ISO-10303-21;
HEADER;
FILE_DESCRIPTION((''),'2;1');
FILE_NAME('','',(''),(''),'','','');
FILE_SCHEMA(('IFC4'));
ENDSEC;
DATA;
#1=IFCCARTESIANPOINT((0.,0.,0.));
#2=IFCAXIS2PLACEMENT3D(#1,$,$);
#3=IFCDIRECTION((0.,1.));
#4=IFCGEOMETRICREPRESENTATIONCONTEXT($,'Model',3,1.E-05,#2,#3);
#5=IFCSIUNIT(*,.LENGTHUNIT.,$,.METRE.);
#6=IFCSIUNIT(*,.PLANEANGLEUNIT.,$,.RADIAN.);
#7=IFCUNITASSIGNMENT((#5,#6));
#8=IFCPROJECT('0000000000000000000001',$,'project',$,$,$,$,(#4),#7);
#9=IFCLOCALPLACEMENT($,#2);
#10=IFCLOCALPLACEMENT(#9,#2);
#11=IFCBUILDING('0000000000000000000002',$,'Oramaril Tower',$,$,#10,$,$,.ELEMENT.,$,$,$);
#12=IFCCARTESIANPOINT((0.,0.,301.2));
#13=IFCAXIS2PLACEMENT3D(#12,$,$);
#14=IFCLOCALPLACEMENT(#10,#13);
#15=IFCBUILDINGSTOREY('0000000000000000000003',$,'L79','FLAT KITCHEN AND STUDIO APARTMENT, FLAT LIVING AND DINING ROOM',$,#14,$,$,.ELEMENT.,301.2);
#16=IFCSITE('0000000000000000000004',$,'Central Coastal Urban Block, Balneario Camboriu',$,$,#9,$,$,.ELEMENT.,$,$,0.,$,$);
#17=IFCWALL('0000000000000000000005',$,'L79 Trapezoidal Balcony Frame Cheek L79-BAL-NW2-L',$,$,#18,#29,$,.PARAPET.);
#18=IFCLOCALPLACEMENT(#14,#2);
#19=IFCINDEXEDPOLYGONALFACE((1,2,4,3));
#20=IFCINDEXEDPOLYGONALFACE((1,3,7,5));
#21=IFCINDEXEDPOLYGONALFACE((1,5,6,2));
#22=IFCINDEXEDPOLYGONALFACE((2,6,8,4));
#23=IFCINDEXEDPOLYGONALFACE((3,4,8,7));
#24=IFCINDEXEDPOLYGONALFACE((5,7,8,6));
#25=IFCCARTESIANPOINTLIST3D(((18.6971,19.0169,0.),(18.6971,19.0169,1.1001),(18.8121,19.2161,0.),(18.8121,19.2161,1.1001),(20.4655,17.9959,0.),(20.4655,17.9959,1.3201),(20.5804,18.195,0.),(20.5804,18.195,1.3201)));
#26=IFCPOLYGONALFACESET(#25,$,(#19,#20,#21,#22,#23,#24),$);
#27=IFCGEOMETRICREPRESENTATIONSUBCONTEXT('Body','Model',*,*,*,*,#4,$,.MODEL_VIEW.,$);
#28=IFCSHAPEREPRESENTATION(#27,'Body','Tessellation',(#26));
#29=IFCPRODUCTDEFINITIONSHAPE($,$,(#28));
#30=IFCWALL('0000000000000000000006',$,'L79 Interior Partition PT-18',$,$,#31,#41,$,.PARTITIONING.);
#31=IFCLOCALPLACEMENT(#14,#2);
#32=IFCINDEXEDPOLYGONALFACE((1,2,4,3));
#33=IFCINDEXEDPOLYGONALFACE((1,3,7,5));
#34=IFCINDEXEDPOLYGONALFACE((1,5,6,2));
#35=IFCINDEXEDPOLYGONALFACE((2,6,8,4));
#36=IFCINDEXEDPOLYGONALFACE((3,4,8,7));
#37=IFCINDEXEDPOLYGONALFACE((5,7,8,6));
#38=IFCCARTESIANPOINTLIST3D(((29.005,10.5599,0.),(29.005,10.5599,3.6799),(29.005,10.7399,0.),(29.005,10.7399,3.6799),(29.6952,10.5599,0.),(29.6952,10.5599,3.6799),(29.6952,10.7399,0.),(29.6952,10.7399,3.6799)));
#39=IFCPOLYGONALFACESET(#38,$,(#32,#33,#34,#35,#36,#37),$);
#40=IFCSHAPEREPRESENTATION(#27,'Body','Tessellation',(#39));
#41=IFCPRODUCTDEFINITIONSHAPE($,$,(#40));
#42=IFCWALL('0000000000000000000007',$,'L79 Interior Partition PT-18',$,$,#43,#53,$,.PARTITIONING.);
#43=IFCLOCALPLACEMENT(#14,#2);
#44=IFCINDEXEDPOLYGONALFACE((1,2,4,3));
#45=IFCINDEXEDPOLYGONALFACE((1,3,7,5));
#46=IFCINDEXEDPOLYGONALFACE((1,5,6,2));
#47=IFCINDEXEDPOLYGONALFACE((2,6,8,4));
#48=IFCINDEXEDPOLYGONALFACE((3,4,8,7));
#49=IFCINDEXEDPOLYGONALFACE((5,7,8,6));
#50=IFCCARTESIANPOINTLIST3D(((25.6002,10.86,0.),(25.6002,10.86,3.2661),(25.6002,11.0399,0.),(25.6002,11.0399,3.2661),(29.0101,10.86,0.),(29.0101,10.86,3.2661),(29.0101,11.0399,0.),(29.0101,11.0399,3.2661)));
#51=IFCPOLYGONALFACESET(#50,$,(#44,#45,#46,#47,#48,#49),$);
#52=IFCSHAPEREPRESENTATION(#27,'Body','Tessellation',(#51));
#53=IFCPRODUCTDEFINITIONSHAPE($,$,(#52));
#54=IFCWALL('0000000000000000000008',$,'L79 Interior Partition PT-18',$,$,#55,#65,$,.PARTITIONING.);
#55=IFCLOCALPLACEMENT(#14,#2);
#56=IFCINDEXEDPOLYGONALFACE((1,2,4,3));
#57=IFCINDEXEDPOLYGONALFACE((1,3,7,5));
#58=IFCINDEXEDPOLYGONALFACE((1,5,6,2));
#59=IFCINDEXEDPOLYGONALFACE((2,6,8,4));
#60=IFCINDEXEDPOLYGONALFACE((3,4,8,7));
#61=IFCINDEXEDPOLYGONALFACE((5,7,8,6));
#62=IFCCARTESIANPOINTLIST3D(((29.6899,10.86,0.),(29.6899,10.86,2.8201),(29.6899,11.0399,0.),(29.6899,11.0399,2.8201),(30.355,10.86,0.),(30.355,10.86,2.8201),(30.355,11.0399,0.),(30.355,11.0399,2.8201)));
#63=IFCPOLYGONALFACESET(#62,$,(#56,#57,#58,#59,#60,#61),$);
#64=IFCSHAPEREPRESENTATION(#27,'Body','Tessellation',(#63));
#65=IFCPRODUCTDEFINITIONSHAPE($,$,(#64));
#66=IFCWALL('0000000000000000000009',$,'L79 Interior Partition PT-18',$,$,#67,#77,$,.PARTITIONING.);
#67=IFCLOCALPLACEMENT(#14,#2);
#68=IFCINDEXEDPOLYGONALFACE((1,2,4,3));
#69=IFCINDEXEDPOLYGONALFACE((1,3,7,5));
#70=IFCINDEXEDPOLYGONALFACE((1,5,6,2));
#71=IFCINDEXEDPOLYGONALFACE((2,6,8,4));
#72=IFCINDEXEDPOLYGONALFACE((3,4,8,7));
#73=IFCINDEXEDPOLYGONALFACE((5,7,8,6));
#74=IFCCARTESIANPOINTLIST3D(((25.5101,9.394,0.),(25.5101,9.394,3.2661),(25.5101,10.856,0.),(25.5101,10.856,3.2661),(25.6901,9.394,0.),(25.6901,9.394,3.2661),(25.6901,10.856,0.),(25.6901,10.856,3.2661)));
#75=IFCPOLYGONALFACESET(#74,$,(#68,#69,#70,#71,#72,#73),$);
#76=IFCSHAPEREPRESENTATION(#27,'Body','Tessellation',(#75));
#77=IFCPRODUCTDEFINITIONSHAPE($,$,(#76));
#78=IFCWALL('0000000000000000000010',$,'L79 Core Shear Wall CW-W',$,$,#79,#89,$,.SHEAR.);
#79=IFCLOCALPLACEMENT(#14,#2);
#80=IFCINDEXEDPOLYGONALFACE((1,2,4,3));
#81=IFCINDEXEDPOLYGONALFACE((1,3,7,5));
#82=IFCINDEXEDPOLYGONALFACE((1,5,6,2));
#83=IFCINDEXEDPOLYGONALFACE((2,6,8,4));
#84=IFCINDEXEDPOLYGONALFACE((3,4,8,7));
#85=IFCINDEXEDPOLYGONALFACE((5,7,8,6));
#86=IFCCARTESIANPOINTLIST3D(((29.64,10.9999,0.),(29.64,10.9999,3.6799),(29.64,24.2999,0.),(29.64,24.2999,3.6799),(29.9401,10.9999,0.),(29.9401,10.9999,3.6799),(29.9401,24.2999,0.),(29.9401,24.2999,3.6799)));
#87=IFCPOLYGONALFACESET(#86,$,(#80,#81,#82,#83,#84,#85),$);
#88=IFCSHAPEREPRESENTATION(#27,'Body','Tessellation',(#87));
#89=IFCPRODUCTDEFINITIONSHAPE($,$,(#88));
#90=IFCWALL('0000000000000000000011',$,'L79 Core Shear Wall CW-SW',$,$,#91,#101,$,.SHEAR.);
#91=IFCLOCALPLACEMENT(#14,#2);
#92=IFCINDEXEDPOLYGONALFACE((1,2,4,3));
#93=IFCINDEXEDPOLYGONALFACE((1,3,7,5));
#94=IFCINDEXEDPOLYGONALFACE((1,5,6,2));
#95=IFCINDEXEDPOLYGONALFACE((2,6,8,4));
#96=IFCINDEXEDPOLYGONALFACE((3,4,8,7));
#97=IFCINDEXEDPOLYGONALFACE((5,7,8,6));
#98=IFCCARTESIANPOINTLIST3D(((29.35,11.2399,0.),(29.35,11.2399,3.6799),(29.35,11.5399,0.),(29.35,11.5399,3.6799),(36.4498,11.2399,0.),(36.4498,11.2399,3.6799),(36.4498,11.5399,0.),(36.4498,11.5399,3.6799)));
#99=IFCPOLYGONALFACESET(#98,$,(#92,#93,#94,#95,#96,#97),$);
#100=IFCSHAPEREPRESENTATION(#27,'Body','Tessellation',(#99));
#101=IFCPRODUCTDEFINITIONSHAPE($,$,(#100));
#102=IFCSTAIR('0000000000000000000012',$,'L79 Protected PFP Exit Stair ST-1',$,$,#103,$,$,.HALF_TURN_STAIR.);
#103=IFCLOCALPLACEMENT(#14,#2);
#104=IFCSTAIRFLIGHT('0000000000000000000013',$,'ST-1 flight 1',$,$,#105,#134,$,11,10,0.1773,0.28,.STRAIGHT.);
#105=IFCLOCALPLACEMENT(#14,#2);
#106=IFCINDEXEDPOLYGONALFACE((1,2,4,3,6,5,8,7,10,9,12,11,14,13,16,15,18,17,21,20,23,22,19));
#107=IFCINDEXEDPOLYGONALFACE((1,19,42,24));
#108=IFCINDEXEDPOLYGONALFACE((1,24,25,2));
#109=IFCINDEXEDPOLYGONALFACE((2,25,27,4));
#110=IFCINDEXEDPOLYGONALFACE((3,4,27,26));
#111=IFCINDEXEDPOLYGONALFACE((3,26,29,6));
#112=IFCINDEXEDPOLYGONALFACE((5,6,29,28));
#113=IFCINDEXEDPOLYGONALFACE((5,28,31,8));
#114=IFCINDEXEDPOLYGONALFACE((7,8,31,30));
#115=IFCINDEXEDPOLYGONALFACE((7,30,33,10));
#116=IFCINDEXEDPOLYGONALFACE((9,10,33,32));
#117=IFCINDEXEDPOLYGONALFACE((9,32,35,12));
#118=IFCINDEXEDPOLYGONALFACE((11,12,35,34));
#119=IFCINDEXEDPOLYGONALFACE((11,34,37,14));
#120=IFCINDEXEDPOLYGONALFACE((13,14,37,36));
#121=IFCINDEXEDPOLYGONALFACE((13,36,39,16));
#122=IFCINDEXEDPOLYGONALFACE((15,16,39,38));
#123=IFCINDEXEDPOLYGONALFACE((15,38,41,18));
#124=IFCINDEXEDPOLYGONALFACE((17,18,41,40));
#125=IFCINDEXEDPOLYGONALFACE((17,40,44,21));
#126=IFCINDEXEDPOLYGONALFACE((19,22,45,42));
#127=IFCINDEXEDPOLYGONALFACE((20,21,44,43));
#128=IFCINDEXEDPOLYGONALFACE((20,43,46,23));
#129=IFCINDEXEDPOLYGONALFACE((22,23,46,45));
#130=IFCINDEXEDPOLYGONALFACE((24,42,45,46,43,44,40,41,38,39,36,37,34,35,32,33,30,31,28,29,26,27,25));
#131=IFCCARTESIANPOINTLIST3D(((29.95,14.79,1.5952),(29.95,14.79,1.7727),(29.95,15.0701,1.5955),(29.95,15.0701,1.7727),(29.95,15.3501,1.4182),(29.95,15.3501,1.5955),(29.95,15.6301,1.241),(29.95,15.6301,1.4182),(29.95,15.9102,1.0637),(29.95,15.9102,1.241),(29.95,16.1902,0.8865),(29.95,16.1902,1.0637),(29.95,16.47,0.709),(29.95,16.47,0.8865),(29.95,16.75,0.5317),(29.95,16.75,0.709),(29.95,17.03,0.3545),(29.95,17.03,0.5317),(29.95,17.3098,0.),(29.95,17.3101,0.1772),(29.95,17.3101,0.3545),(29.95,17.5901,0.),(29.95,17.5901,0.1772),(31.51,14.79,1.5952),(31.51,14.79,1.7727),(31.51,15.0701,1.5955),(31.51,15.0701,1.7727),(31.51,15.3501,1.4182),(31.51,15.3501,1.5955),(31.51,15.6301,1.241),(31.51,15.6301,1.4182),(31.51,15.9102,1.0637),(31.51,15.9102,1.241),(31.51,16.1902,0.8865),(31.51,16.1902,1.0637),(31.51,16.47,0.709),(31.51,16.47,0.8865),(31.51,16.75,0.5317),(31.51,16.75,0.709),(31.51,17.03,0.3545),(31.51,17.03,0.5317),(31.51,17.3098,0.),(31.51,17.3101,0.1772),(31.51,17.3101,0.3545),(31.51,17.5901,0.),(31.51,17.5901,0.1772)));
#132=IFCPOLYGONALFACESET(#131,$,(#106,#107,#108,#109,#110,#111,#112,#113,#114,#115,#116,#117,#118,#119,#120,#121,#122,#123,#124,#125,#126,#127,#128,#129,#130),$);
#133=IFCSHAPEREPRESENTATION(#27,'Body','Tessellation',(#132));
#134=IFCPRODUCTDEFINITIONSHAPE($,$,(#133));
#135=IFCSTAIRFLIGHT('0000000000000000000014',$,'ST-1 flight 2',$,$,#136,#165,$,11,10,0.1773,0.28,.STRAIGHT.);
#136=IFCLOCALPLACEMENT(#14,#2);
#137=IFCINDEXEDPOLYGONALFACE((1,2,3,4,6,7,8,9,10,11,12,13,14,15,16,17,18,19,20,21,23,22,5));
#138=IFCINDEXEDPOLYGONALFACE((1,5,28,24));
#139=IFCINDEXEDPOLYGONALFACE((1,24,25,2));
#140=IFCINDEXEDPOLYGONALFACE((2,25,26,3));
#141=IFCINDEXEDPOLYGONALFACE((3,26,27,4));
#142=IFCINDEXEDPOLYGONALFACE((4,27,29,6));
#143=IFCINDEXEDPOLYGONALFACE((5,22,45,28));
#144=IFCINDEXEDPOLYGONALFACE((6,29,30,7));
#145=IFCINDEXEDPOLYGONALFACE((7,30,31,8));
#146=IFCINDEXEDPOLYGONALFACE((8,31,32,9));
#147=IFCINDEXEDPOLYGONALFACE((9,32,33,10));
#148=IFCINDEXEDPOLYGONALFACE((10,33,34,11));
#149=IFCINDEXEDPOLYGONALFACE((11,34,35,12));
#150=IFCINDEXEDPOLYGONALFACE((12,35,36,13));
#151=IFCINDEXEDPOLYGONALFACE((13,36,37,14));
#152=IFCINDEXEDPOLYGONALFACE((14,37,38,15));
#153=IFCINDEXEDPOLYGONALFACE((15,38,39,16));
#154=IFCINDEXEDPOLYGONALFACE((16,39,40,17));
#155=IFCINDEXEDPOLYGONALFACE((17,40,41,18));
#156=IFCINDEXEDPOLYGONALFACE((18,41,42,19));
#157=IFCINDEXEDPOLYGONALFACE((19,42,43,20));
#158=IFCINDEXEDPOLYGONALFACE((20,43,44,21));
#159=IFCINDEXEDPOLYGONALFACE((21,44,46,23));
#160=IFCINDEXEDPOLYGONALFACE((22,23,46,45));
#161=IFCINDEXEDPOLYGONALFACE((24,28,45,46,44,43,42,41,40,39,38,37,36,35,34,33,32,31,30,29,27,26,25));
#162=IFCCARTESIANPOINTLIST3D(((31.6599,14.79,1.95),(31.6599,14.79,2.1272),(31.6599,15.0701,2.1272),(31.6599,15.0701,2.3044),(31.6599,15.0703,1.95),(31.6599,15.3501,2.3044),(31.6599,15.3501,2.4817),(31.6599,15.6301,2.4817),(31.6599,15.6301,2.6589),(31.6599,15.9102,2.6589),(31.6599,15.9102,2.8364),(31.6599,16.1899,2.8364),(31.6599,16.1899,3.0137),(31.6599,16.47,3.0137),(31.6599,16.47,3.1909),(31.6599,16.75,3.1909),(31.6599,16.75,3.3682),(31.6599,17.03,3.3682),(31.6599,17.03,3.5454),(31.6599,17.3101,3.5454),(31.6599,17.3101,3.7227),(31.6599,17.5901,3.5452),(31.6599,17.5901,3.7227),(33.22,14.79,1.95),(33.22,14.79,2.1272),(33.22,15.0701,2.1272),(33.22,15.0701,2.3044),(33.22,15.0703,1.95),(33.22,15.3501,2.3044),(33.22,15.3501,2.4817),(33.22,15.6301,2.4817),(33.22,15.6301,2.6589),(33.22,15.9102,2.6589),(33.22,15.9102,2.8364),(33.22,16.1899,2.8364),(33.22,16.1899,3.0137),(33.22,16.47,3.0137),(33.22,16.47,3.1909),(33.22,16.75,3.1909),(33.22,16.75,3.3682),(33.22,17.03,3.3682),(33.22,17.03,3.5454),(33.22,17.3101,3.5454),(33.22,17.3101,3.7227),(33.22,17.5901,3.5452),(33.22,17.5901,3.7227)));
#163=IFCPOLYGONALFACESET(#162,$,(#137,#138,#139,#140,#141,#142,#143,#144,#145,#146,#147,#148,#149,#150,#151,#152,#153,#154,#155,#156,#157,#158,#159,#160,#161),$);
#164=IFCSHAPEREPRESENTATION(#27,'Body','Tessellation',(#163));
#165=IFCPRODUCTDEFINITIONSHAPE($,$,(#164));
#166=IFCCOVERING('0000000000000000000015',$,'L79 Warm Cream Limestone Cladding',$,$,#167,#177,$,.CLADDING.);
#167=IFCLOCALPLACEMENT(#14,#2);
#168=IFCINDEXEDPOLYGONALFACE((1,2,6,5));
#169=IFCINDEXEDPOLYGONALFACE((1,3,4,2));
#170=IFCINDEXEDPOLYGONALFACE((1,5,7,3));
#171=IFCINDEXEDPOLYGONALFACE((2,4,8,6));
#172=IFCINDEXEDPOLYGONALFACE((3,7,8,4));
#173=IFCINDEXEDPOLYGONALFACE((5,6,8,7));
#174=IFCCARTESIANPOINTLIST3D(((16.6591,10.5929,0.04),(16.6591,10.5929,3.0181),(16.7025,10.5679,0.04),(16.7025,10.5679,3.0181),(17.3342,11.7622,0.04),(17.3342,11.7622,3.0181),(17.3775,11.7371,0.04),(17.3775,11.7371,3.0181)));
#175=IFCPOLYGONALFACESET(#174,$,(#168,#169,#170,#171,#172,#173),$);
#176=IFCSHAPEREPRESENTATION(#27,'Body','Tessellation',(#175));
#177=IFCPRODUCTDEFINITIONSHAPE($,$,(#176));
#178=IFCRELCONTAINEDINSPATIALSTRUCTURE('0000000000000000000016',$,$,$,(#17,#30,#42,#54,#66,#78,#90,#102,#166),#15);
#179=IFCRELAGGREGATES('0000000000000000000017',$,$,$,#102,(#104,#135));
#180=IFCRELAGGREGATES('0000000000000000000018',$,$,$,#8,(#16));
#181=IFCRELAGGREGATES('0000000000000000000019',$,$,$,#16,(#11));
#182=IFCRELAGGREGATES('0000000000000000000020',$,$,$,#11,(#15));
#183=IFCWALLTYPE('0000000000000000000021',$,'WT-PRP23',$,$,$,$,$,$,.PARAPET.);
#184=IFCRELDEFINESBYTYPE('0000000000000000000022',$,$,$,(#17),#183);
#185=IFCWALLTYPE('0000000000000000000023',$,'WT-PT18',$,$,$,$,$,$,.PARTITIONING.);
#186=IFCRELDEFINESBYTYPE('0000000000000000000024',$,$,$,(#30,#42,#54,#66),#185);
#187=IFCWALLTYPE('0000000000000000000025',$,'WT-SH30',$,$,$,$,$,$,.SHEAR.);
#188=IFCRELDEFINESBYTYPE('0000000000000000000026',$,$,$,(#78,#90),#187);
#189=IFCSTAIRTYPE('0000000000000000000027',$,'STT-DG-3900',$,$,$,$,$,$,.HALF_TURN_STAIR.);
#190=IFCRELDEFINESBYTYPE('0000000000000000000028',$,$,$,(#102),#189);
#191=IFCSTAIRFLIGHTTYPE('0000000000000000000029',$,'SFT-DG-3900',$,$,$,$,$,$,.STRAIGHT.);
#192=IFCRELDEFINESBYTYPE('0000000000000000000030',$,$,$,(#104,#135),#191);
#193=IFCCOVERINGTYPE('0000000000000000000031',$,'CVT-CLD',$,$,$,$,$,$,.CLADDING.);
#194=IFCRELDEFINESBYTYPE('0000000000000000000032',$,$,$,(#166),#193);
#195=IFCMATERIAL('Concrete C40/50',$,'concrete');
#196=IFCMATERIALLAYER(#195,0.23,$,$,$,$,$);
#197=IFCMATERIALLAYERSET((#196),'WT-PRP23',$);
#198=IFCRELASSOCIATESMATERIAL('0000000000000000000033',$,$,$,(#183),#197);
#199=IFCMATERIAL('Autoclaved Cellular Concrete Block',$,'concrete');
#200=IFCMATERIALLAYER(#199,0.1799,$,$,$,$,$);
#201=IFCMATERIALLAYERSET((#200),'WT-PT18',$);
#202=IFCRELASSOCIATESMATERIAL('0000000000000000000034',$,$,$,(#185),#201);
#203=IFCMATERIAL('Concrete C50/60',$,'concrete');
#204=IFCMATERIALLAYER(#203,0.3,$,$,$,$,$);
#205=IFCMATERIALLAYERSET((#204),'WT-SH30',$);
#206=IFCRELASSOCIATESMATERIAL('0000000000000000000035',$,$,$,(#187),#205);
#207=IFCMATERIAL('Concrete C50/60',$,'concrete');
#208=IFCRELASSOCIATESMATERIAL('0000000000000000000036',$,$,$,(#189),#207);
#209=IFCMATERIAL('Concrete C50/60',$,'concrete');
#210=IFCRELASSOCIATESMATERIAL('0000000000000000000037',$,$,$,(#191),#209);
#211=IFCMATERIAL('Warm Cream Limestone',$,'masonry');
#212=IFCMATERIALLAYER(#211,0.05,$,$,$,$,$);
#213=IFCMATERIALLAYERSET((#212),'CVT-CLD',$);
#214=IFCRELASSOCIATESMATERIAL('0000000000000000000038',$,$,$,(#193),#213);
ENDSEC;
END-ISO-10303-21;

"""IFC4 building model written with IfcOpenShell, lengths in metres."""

from ifc_helpers import new_model, si_unit, direction, frame, frame_2d, origin, origin_2d, place, context, subcontext, project, spatial, polyline, rectangle, outline, extrude, material, layer, layer_set, type_object, element, aggregate, save


model = new_model("IFC4")

# Units and contexts
model_context = context("Model", 3, precision=1e-05, world=origin(), true_north=direction((0.0, 1.0)))
body_context = subcontext(model_context, "Body", "Model", "MODEL_VIEW")
ifc_project = project(units=[si_unit("LENGTHUNIT", "METRE"), si_unit("PLANEANGLEUNIT", "RADIAN")], contexts=[model_context])

# Site, building, storey
site_placement = place(None, origin())
site = spatial("IfcSite", under=ifc_project, at=site_placement, Name="Central Coastal Urban Block, Balneario Camboriu", CompositionType="ELEMENT", RefElevation=0.0)
building_placement = place(site_placement, origin())
building = spatial("IfcBuilding", under=site, at=building_placement, Name="Oramaril Tower", CompositionType="ELEMENT")
storey_placement = place(building_placement, frame((0.0, 0.0, 301.2)))
storey = spatial("IfcBuildingStorey", under=building, at=storey_placement, Name="L79", Description="FLAT KITCHEN AND STUDIO APARTMENT, FLAT LIVING AND DINING ROOM", CompositionType="ELEMENT", Elevation=301.2)

# Walls
ifc_material_1 = material(Name="Concrete C40/50", Category="concrete")
ifc_layer_1 = layer(ifc_material_1, 0.23)
ifc_layer_set_1 = layer_set([ifc_layer_1], Name="WT-PRP23")
wall_type_1 = type_object("IfcWallType", Name="WT-PRP23", PredefinedType="PARAPET", material=ifc_layer_set_1)
wall_1_placement = place(storey_placement, frame((20.5229, 18.0955, 0.0), z_axis=(0.0, 0.0, 1.0), x_axis=(-0.866012, 0.500023, 0.0)))
element("IfcWall", 1, at=wall_1_placement, inside=storey, type_object=wall_type_1, Name="L79 Trapezoidal Balcony Frame Cheek L79-BAL-NW2-L", PredefinedType="PARAPET", context=body_context, shape_type="SweptSolid", body=[
    extrude(outline(polyline([(0.0, 0.0), (2.042, 0.0), (2.042, 1.1001), (0.0, 1.3201), (0.0, 0.0)])), frame((0.0, 0.115, 0.0), z_axis=(0.0, -1.0, 0.0), x_axis=(1.0, 0.0, 0.0)), (0.0, 0.0, 1.0), 0.23),
])
ifc_material_2 = material(Name="Autoclaved Cellular Concrete Block", Category="concrete")
ifc_layer_2 = layer(ifc_material_2, 0.1799)
ifc_layer_set_2 = layer_set([ifc_layer_2], Name="WT-PT18")
wall_type_2 = type_object("IfcWallType", Name="WT-PT18", PredefinedType="PARTITIONING", material=ifc_layer_set_2)
wall_2_placement = place(storey_placement, frame((29.0049, 10.6499, 0.0), z_axis=(0.0, 0.0, 1.0), x_axis=(1.0, 0.0, 0.0)))
element("IfcWall", 2, at=wall_2_placement, inside=storey, type_object=wall_type_2, Name="L79 Interior Partition PT-18", PredefinedType="PARTITIONING", context=body_context, shape_type="SweptSolid", body=[
    extrude(rectangle(XDim=0.6902, YDim=0.1799, at=frame_2d((0.3452, 0.0))), origin(), (0.0, 0.0, 1.0), 3.6799),
])
wall_3_placement = place(storey_placement, frame((25.6001, 10.95, 0.0), z_axis=(0.0, 0.0, 1.0), x_axis=(1.0, 0.0, 0.0)))
element("IfcWall", 3, at=wall_3_placement, inside=storey, type_object=wall_type_2, Name="L79 Interior Partition PT-18", PredefinedType="PARTITIONING", context=body_context, shape_type="SweptSolid", body=[
    extrude(rectangle(XDim=3.4099, YDim=0.1799, at=frame_2d((1.7051, 0.0))), origin(), (0.0, 0.0, 1.0), 3.2661),
])
wall_4_placement = place(storey_placement, frame((29.6899, 10.95, 0.0), z_axis=(0.0, 0.0, 1.0), x_axis=(1.0, 0.0, 0.0)))
element("IfcWall", 4, at=wall_4_placement, inside=storey, type_object=wall_type_2, Name="L79 Interior Partition PT-18", PredefinedType="PARTITIONING", context=body_context, shape_type="SweptSolid", body=[
    extrude(rectangle(XDim=0.665, YDim=0.1799, at=frame_2d((0.3325, 0.0))), origin(), (0.0, 0.0, 1.0), 2.8201),
])
wall_5_placement = place(storey_placement, frame((25.6001, 9.394, 0.0), z_axis=(0.0, 0.0, 1.0), x_axis=(0.0, 1.0, 0.0)))
element("IfcWall", 5, at=wall_5_placement, inside=storey, type_object=wall_type_2, Name="L79 Interior Partition PT-18", PredefinedType="PARTITIONING", context=body_context, shape_type="SweptSolid", body=[
    extrude(rectangle(XDim=1.4619, YDim=0.1799, at=frame_2d((0.731, 0.0))), origin(), (0.0, 0.0, 1.0), 3.2661),
])
ifc_material_3 = material(Name="Concrete C50/60", Category="concrete")
ifc_layer_3 = layer(ifc_material_3, 0.3)
ifc_layer_set_3 = layer_set([ifc_layer_3], Name="WT-SH30")
wall_type_3 = type_object("IfcWallType", Name="WT-SH30", PredefinedType="SHEAR", material=ifc_layer_set_3)
wall_6_placement = place(storey_placement, frame((29.79, 11.0, 0.0), z_axis=(0.0, 0.0, 1.0), x_axis=(0.0, 1.0, 0.0)))
element("IfcWall", 6, at=wall_6_placement, inside=storey, type_object=wall_type_3, Name="L79 Core Shear Wall CW-W", PredefinedType="SHEAR", context=body_context, shape_type="SweptSolid", body=[
    extrude(rectangle(XDim=13.3, YDim=0.3, at=frame_2d((6.6499, 0.0))), origin(), (0.0, 0.0, 1.0), 3.6799),
])
wall_7_placement = place(storey_placement, frame((29.3501, 11.3899, 0.0), z_axis=(0.0, 0.0, 1.0), x_axis=(1.0, 0.0, 0.0)))
element("IfcWall", 7, at=wall_7_placement, inside=storey, type_object=wall_type_3, Name="L79 Core Shear Wall CW-SW", PredefinedType="SHEAR", context=body_context, shape_type="SweptSolid", body=[
    extrude(rectangle(XDim=7.0999, YDim=0.3, at=frame_2d((3.5498, 0.0))), origin(), (0.0, 0.0, 1.0), 3.6799),
])

# Stair, stair flights
ifc_material_4 = material(Name="Concrete C50/60", Category="concrete")
stair_type = type_object("IfcStairType", Name="STT-DG-3900", PredefinedType="HALF_TURN_STAIR", material=ifc_material_4)
stair_placement = place(storey_placement, origin())
stair = element("IfcStair", 8, at=stair_placement, inside=storey, type_object=stair_type, Name="L79 Protected PFP Exit Stair ST-1", PredefinedType="HALF_TURN_STAIR")
ifc_material_5 = material(Name="Concrete C50/60", Category="concrete")
stair_flight_type = type_object("IfcStairFlightType", Name="SFT-DG-3900", PredefinedType="STRAIGHT", material=ifc_material_5)
stair_flight_1_placement = place(storey_placement, frame((30.73, 17.5901, 0.0), z_axis=(0.0, 0.0, 1.0), x_axis=(0.0, -1.0, 0.0)))
stair_flight_1 = element("IfcStairFlight", 9, at=stair_flight_1_placement, type_object=stair_flight_type, Name="ST-1 flight 1", NumberOfRisers=11, NumberOfTreads=10, PredefinedType="STRAIGHT", RiserHeight=0.1773, TreadLength=0.28, context=body_context, shape_type="SweptSolid", body=[
    extrude(outline(polyline([(0.0, 0.0), (0.0, 0.1772), (0.28, 0.1772), (0.28, 0.3545), (0.5601, 0.3545), (0.5601, 0.5317), (0.8401, 0.5317), (0.8401, 0.709), (1.1201, 0.709), (1.1201, 0.8865), (1.3999, 0.8865), (1.3999, 1.0637), (1.6799, 1.0637), (1.6799, 1.241), (1.96, 1.241), (1.96, 1.4182), (2.24, 1.4182), (2.24, 1.5955), (2.52, 1.5955), (2.52, 1.7727), (2.8, 1.7727), (2.8, 1.95), (2.8, 1.5952), (0.2803, 0.0), (0.0, 0.0)])), frame((0.0, 0.78, 0.0), z_axis=(0.0, -1.0, 0.0), x_axis=(1.0, 0.0, 0.0)), (0.0, 0.0, 1.0), 1.5601),
])
stair_flight_2_placement = place(storey_placement, frame((32.4399, 14.79, 1.95), z_axis=(0.0, 0.0, 1.0), x_axis=(0.0, 1.0, 0.0)))
stair_flight_2 = element("IfcStairFlight", 10, at=stair_flight_2_placement, type_object=stair_flight_type, Name="ST-1 flight 2", NumberOfRisers=11, NumberOfTreads=10, PredefinedType="STRAIGHT", RiserHeight=0.1773, TreadLength=0.28, context=body_context, shape_type="SweptSolid", body=[
    extrude(outline(polyline([(0.0, 0.0), (0.0, 0.1772), (0.28, 0.1772), (0.28, 0.3545), (0.5601, 0.3545), (0.5601, 0.5317), (0.8401, 0.5317), (0.8401, 0.709), (1.1201, 0.709), (1.1201, 0.8865), (1.3999, 0.8865), (1.3999, 1.0637), (1.6799, 1.0637), (1.6799, 1.241), (1.96, 1.241), (1.96, 1.4182), (2.24, 1.4182), (2.24, 1.5955), (2.52, 1.5955), (2.52, 1.7727), (2.8, 1.7727), (2.8, 1.95), (2.8, 1.5952), (0.2803, 0.0), (0.0, 0.0)])), frame((0.0, 0.78, 0.0), z_axis=(0.0, -1.0, 0.0), x_axis=(1.0, 0.0, 0.0)), (0.0, 0.0, 1.0), 1.5601),
])
aggregate(stair, [stair_flight_1, stair_flight_2])

# Covering
ifc_material_6 = material(Name="Warm Cream Limestone", Category="masonry")
ifc_layer_4 = layer(ifc_material_6, 0.05)
ifc_layer_set_4 = layer_set([ifc_layer_4], Name="CVT-CLD")
covering_type = type_object("IfcCoveringType", Name="CVT-CLD", PredefinedType="CLADDING", material=ifc_layer_set_4)
covering_1_placement = place(storey_placement, frame((17.0183, 11.165, 0.04), z_axis=(0.0, 0.0, 1.0), x_axis=(-0.500002, -0.866025, 0.0)))
element("IfcCovering", 11, at=covering_1_placement, inside=storey, type_object=covering_type, Name="L79 Warm Cream Limestone Cladding", PredefinedType="CLADDING", context=body_context, shape_type="SweptSolid", body=[
    extrude(rectangle(XDim=1.3501, YDim=0.05, at=origin_2d()), origin(), (0.0, 0.0, 1.0), 2.978),
])

save(model, "model.ifc")
